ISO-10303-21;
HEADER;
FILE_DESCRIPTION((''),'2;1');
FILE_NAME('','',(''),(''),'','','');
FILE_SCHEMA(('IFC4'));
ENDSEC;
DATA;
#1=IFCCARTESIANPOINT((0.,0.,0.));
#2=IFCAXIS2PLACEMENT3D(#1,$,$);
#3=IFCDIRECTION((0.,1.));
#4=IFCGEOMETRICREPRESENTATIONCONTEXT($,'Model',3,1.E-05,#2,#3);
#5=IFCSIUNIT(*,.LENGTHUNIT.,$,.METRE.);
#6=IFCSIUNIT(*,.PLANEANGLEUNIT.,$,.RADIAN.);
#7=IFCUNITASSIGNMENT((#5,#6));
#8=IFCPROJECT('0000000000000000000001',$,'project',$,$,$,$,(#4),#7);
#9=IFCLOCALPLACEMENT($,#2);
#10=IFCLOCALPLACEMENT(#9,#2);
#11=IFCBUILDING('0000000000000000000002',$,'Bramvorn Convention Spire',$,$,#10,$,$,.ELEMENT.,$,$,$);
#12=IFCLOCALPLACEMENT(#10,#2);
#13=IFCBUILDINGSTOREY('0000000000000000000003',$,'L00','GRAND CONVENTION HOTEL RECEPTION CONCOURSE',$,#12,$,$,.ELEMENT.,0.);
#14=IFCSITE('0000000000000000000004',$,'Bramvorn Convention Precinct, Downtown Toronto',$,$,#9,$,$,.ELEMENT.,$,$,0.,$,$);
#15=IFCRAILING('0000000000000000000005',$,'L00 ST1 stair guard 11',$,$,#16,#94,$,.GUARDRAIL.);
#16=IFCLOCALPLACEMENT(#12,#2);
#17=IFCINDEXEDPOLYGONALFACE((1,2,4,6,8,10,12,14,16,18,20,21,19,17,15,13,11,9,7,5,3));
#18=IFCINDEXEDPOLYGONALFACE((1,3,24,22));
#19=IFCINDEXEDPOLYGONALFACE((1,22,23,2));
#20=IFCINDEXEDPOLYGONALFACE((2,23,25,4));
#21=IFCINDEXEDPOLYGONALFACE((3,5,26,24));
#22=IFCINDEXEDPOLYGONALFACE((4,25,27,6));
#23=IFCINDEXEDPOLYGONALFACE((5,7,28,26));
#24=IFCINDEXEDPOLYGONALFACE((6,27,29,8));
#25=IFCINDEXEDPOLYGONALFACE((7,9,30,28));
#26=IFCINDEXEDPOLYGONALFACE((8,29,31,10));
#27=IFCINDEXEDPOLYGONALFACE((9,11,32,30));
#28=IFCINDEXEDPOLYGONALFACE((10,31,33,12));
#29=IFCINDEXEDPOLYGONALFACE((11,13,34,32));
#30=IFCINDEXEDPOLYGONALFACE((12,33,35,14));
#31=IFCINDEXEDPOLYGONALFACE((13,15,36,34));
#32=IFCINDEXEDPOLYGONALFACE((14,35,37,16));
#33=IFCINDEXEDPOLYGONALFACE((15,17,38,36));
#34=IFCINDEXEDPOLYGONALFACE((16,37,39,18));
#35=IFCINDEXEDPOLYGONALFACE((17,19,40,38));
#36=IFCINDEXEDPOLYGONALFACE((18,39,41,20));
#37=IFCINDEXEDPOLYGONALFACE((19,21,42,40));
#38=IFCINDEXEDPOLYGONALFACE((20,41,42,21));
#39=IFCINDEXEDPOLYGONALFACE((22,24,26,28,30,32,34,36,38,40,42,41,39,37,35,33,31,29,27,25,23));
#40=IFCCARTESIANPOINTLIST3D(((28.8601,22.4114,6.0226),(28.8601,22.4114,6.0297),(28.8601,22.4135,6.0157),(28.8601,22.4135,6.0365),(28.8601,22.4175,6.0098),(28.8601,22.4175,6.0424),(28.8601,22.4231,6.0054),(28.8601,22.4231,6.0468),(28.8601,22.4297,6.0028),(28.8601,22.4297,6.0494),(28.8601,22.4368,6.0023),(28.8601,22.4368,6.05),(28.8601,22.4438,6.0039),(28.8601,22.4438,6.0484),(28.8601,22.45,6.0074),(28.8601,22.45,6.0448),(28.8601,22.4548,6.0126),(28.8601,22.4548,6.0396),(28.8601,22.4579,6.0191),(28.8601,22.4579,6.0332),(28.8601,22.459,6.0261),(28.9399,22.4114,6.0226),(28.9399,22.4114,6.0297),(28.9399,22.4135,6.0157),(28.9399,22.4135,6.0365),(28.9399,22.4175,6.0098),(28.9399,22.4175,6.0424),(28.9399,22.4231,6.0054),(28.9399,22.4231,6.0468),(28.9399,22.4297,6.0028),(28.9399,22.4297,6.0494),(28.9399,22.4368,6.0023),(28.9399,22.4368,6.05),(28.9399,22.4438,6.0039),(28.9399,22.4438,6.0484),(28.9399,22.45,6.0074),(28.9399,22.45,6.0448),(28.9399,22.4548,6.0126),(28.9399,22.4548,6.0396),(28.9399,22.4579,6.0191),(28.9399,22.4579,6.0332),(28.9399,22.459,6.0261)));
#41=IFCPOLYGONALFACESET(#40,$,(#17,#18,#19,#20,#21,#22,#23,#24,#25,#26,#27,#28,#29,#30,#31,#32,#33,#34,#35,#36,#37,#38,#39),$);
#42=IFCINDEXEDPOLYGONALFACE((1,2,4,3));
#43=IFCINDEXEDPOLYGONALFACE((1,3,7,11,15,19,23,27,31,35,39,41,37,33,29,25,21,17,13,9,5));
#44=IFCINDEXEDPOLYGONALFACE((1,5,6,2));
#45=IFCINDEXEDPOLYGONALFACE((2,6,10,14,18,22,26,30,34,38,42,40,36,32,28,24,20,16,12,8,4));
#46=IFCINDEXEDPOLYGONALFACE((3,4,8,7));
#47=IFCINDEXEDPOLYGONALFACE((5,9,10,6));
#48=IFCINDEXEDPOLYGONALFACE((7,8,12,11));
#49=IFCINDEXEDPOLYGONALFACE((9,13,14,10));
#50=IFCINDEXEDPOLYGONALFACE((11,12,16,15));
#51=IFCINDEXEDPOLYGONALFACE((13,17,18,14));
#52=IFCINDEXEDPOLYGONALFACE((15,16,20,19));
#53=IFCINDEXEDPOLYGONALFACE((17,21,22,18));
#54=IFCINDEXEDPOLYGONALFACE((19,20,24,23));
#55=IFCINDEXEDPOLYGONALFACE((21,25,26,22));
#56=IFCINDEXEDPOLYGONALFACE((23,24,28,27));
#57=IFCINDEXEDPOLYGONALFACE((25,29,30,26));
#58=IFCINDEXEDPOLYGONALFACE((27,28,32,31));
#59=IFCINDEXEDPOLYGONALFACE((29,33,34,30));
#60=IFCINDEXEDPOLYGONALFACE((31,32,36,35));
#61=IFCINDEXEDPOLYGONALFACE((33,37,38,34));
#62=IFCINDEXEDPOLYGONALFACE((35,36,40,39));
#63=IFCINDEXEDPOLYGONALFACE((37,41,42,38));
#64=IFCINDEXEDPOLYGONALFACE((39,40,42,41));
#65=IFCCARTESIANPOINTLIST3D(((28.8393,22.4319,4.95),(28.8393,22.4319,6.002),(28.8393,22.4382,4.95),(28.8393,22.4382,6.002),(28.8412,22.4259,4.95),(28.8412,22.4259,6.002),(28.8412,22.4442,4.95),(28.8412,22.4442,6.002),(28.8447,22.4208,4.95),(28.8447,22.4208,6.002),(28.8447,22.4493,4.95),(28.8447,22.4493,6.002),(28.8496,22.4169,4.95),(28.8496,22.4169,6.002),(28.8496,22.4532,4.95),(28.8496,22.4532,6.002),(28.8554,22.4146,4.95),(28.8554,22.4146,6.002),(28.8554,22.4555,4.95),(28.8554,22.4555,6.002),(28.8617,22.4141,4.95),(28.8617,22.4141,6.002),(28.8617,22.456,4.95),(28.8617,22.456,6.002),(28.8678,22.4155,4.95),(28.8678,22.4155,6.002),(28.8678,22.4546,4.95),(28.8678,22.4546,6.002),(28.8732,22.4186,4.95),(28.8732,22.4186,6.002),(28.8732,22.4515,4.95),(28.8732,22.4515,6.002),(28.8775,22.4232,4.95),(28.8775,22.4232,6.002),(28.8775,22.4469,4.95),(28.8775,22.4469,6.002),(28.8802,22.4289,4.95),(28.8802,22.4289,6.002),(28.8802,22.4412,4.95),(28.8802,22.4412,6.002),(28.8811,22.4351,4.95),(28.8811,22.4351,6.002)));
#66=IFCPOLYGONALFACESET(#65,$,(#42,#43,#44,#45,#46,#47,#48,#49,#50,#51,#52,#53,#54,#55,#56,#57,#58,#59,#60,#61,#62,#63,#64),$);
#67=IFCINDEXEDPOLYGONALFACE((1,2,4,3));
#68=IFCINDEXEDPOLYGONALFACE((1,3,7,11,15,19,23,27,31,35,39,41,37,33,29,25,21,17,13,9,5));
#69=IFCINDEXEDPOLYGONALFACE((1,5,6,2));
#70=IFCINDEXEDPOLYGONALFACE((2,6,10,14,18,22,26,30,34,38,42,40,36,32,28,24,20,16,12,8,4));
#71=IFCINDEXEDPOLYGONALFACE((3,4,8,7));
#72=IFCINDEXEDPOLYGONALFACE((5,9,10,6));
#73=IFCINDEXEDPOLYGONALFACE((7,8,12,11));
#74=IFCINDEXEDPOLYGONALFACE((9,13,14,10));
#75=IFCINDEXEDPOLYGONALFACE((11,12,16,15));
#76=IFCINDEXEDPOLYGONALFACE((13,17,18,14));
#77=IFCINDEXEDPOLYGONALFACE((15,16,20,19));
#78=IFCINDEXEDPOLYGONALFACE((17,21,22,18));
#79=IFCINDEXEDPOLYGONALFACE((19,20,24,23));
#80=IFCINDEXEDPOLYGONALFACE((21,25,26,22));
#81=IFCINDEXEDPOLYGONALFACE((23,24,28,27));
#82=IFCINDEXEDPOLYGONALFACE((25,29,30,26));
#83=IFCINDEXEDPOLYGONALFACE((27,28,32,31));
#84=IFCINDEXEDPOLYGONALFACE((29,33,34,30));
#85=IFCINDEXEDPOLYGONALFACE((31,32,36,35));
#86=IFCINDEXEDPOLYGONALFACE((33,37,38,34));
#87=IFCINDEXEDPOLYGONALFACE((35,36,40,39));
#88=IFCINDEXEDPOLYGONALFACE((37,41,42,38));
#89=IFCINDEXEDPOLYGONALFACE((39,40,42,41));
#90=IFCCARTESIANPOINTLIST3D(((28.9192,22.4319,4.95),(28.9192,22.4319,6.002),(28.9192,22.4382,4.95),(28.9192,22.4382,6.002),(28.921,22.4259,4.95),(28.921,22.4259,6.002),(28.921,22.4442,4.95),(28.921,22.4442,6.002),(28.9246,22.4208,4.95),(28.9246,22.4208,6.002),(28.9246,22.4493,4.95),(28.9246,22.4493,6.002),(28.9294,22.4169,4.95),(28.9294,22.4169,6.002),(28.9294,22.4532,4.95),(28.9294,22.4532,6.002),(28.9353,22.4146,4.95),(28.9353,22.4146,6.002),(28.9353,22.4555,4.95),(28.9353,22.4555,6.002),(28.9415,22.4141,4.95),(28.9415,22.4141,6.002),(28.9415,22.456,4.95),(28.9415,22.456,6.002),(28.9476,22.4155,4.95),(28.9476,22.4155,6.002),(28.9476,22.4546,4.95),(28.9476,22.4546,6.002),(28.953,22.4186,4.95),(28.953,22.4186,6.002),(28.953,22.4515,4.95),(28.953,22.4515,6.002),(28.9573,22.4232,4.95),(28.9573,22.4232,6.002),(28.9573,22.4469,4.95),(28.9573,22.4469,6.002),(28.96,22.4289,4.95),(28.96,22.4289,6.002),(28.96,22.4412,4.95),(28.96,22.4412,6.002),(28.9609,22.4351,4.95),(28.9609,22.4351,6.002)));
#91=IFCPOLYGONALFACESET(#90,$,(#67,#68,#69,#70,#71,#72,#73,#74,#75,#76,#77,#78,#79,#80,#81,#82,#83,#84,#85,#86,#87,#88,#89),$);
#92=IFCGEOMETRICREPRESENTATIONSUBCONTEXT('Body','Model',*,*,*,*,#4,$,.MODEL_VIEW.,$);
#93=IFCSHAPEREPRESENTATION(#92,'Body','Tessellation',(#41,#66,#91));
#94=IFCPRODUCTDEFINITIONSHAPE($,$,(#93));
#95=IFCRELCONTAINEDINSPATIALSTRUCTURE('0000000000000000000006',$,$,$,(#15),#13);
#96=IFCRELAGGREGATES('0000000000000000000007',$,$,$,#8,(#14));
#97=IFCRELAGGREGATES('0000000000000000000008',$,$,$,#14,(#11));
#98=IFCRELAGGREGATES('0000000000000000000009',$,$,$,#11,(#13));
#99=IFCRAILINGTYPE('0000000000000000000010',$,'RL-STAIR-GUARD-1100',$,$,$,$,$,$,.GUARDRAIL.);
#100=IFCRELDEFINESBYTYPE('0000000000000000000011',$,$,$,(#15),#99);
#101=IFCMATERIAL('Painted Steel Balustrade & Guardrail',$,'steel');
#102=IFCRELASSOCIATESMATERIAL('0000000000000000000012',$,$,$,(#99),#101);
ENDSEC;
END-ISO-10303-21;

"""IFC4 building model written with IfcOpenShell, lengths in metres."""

from ifc_helpers import new_model, si_unit, direction, frame, origin, origin_2d, place, context, subcontext, project, spatial, circle, extrude, material, type_object, element, save


model = new_model("IFC4")

# Units and contexts
model_context = context("Model", 3, precision=1e-05, world=origin(), true_north=direction((0.0, 1.0)))
body_context = subcontext(model_context, "Body", "Model", "MODEL_VIEW")
ifc_project = project(units=[si_unit("LENGTHUNIT", "METRE"), si_unit("PLANEANGLEUNIT", "RADIAN")], contexts=[model_context])

# Site, building, storey
site_placement = place(None, origin())
site = spatial("IfcSite", under=ifc_project, at=site_placement, Name="Bramvorn Convention Precinct, Downtown Toronto", CompositionType="ELEMENT", RefElevation=0.0)
building_placement = place(site_placement, origin())
building = spatial("IfcBuilding", under=site, at=building_placement, Name="Bramvorn Convention Spire", CompositionType="ELEMENT")
storey_placement = place(building_placement, origin())
storey = spatial("IfcBuildingStorey", under=building, at=storey_placement, Name="L00", Description="GRAND CONVENTION HOTEL RECEPTION CONCOURSE", CompositionType="ELEMENT", Elevation=0.0)

# Railing
ifc_material_1 = material(Name="Painted Steel Balustrade & Guardrail", Category="steel")
railing_type_1 = type_object("IfcRailingType", Name="RL-STAIR-GUARD-1100", PredefinedType="GUARDRAIL", material=ifc_material_1)
railing_1_placement = place(storey_placement, frame((28.8601, 22.4351, 4.95)))
element("IfcRailing", 1, at=railing_1_placement, inside=storey, type_object=railing_type_1, Name="L00 ST1 stair guard 11", PredefinedType="GUARDRAIL", context=body_context, shape_type="SweptSolid", body=[
    extrude(circle(Radius=0.0239, at=origin_2d()), frame((0.0, 0.0, 1.0762), z_axis=(1.0, 0.0, 0.0), x_axis=(0.0, 1.0, 0.0)), (0.0, 0.0, 1.0), 0.0798),
    extrude(circle(Radius=0.021, at=origin_2d()), origin(), (0.0, 0.0, 1.0), 1.052),
    extrude(circle(Radius=0.021, at=origin_2d()), frame((0.0798, 0.0, 0.0)), (0.0, 0.0, 1.0), 1.052),
])

save(model, "model.ifc")
